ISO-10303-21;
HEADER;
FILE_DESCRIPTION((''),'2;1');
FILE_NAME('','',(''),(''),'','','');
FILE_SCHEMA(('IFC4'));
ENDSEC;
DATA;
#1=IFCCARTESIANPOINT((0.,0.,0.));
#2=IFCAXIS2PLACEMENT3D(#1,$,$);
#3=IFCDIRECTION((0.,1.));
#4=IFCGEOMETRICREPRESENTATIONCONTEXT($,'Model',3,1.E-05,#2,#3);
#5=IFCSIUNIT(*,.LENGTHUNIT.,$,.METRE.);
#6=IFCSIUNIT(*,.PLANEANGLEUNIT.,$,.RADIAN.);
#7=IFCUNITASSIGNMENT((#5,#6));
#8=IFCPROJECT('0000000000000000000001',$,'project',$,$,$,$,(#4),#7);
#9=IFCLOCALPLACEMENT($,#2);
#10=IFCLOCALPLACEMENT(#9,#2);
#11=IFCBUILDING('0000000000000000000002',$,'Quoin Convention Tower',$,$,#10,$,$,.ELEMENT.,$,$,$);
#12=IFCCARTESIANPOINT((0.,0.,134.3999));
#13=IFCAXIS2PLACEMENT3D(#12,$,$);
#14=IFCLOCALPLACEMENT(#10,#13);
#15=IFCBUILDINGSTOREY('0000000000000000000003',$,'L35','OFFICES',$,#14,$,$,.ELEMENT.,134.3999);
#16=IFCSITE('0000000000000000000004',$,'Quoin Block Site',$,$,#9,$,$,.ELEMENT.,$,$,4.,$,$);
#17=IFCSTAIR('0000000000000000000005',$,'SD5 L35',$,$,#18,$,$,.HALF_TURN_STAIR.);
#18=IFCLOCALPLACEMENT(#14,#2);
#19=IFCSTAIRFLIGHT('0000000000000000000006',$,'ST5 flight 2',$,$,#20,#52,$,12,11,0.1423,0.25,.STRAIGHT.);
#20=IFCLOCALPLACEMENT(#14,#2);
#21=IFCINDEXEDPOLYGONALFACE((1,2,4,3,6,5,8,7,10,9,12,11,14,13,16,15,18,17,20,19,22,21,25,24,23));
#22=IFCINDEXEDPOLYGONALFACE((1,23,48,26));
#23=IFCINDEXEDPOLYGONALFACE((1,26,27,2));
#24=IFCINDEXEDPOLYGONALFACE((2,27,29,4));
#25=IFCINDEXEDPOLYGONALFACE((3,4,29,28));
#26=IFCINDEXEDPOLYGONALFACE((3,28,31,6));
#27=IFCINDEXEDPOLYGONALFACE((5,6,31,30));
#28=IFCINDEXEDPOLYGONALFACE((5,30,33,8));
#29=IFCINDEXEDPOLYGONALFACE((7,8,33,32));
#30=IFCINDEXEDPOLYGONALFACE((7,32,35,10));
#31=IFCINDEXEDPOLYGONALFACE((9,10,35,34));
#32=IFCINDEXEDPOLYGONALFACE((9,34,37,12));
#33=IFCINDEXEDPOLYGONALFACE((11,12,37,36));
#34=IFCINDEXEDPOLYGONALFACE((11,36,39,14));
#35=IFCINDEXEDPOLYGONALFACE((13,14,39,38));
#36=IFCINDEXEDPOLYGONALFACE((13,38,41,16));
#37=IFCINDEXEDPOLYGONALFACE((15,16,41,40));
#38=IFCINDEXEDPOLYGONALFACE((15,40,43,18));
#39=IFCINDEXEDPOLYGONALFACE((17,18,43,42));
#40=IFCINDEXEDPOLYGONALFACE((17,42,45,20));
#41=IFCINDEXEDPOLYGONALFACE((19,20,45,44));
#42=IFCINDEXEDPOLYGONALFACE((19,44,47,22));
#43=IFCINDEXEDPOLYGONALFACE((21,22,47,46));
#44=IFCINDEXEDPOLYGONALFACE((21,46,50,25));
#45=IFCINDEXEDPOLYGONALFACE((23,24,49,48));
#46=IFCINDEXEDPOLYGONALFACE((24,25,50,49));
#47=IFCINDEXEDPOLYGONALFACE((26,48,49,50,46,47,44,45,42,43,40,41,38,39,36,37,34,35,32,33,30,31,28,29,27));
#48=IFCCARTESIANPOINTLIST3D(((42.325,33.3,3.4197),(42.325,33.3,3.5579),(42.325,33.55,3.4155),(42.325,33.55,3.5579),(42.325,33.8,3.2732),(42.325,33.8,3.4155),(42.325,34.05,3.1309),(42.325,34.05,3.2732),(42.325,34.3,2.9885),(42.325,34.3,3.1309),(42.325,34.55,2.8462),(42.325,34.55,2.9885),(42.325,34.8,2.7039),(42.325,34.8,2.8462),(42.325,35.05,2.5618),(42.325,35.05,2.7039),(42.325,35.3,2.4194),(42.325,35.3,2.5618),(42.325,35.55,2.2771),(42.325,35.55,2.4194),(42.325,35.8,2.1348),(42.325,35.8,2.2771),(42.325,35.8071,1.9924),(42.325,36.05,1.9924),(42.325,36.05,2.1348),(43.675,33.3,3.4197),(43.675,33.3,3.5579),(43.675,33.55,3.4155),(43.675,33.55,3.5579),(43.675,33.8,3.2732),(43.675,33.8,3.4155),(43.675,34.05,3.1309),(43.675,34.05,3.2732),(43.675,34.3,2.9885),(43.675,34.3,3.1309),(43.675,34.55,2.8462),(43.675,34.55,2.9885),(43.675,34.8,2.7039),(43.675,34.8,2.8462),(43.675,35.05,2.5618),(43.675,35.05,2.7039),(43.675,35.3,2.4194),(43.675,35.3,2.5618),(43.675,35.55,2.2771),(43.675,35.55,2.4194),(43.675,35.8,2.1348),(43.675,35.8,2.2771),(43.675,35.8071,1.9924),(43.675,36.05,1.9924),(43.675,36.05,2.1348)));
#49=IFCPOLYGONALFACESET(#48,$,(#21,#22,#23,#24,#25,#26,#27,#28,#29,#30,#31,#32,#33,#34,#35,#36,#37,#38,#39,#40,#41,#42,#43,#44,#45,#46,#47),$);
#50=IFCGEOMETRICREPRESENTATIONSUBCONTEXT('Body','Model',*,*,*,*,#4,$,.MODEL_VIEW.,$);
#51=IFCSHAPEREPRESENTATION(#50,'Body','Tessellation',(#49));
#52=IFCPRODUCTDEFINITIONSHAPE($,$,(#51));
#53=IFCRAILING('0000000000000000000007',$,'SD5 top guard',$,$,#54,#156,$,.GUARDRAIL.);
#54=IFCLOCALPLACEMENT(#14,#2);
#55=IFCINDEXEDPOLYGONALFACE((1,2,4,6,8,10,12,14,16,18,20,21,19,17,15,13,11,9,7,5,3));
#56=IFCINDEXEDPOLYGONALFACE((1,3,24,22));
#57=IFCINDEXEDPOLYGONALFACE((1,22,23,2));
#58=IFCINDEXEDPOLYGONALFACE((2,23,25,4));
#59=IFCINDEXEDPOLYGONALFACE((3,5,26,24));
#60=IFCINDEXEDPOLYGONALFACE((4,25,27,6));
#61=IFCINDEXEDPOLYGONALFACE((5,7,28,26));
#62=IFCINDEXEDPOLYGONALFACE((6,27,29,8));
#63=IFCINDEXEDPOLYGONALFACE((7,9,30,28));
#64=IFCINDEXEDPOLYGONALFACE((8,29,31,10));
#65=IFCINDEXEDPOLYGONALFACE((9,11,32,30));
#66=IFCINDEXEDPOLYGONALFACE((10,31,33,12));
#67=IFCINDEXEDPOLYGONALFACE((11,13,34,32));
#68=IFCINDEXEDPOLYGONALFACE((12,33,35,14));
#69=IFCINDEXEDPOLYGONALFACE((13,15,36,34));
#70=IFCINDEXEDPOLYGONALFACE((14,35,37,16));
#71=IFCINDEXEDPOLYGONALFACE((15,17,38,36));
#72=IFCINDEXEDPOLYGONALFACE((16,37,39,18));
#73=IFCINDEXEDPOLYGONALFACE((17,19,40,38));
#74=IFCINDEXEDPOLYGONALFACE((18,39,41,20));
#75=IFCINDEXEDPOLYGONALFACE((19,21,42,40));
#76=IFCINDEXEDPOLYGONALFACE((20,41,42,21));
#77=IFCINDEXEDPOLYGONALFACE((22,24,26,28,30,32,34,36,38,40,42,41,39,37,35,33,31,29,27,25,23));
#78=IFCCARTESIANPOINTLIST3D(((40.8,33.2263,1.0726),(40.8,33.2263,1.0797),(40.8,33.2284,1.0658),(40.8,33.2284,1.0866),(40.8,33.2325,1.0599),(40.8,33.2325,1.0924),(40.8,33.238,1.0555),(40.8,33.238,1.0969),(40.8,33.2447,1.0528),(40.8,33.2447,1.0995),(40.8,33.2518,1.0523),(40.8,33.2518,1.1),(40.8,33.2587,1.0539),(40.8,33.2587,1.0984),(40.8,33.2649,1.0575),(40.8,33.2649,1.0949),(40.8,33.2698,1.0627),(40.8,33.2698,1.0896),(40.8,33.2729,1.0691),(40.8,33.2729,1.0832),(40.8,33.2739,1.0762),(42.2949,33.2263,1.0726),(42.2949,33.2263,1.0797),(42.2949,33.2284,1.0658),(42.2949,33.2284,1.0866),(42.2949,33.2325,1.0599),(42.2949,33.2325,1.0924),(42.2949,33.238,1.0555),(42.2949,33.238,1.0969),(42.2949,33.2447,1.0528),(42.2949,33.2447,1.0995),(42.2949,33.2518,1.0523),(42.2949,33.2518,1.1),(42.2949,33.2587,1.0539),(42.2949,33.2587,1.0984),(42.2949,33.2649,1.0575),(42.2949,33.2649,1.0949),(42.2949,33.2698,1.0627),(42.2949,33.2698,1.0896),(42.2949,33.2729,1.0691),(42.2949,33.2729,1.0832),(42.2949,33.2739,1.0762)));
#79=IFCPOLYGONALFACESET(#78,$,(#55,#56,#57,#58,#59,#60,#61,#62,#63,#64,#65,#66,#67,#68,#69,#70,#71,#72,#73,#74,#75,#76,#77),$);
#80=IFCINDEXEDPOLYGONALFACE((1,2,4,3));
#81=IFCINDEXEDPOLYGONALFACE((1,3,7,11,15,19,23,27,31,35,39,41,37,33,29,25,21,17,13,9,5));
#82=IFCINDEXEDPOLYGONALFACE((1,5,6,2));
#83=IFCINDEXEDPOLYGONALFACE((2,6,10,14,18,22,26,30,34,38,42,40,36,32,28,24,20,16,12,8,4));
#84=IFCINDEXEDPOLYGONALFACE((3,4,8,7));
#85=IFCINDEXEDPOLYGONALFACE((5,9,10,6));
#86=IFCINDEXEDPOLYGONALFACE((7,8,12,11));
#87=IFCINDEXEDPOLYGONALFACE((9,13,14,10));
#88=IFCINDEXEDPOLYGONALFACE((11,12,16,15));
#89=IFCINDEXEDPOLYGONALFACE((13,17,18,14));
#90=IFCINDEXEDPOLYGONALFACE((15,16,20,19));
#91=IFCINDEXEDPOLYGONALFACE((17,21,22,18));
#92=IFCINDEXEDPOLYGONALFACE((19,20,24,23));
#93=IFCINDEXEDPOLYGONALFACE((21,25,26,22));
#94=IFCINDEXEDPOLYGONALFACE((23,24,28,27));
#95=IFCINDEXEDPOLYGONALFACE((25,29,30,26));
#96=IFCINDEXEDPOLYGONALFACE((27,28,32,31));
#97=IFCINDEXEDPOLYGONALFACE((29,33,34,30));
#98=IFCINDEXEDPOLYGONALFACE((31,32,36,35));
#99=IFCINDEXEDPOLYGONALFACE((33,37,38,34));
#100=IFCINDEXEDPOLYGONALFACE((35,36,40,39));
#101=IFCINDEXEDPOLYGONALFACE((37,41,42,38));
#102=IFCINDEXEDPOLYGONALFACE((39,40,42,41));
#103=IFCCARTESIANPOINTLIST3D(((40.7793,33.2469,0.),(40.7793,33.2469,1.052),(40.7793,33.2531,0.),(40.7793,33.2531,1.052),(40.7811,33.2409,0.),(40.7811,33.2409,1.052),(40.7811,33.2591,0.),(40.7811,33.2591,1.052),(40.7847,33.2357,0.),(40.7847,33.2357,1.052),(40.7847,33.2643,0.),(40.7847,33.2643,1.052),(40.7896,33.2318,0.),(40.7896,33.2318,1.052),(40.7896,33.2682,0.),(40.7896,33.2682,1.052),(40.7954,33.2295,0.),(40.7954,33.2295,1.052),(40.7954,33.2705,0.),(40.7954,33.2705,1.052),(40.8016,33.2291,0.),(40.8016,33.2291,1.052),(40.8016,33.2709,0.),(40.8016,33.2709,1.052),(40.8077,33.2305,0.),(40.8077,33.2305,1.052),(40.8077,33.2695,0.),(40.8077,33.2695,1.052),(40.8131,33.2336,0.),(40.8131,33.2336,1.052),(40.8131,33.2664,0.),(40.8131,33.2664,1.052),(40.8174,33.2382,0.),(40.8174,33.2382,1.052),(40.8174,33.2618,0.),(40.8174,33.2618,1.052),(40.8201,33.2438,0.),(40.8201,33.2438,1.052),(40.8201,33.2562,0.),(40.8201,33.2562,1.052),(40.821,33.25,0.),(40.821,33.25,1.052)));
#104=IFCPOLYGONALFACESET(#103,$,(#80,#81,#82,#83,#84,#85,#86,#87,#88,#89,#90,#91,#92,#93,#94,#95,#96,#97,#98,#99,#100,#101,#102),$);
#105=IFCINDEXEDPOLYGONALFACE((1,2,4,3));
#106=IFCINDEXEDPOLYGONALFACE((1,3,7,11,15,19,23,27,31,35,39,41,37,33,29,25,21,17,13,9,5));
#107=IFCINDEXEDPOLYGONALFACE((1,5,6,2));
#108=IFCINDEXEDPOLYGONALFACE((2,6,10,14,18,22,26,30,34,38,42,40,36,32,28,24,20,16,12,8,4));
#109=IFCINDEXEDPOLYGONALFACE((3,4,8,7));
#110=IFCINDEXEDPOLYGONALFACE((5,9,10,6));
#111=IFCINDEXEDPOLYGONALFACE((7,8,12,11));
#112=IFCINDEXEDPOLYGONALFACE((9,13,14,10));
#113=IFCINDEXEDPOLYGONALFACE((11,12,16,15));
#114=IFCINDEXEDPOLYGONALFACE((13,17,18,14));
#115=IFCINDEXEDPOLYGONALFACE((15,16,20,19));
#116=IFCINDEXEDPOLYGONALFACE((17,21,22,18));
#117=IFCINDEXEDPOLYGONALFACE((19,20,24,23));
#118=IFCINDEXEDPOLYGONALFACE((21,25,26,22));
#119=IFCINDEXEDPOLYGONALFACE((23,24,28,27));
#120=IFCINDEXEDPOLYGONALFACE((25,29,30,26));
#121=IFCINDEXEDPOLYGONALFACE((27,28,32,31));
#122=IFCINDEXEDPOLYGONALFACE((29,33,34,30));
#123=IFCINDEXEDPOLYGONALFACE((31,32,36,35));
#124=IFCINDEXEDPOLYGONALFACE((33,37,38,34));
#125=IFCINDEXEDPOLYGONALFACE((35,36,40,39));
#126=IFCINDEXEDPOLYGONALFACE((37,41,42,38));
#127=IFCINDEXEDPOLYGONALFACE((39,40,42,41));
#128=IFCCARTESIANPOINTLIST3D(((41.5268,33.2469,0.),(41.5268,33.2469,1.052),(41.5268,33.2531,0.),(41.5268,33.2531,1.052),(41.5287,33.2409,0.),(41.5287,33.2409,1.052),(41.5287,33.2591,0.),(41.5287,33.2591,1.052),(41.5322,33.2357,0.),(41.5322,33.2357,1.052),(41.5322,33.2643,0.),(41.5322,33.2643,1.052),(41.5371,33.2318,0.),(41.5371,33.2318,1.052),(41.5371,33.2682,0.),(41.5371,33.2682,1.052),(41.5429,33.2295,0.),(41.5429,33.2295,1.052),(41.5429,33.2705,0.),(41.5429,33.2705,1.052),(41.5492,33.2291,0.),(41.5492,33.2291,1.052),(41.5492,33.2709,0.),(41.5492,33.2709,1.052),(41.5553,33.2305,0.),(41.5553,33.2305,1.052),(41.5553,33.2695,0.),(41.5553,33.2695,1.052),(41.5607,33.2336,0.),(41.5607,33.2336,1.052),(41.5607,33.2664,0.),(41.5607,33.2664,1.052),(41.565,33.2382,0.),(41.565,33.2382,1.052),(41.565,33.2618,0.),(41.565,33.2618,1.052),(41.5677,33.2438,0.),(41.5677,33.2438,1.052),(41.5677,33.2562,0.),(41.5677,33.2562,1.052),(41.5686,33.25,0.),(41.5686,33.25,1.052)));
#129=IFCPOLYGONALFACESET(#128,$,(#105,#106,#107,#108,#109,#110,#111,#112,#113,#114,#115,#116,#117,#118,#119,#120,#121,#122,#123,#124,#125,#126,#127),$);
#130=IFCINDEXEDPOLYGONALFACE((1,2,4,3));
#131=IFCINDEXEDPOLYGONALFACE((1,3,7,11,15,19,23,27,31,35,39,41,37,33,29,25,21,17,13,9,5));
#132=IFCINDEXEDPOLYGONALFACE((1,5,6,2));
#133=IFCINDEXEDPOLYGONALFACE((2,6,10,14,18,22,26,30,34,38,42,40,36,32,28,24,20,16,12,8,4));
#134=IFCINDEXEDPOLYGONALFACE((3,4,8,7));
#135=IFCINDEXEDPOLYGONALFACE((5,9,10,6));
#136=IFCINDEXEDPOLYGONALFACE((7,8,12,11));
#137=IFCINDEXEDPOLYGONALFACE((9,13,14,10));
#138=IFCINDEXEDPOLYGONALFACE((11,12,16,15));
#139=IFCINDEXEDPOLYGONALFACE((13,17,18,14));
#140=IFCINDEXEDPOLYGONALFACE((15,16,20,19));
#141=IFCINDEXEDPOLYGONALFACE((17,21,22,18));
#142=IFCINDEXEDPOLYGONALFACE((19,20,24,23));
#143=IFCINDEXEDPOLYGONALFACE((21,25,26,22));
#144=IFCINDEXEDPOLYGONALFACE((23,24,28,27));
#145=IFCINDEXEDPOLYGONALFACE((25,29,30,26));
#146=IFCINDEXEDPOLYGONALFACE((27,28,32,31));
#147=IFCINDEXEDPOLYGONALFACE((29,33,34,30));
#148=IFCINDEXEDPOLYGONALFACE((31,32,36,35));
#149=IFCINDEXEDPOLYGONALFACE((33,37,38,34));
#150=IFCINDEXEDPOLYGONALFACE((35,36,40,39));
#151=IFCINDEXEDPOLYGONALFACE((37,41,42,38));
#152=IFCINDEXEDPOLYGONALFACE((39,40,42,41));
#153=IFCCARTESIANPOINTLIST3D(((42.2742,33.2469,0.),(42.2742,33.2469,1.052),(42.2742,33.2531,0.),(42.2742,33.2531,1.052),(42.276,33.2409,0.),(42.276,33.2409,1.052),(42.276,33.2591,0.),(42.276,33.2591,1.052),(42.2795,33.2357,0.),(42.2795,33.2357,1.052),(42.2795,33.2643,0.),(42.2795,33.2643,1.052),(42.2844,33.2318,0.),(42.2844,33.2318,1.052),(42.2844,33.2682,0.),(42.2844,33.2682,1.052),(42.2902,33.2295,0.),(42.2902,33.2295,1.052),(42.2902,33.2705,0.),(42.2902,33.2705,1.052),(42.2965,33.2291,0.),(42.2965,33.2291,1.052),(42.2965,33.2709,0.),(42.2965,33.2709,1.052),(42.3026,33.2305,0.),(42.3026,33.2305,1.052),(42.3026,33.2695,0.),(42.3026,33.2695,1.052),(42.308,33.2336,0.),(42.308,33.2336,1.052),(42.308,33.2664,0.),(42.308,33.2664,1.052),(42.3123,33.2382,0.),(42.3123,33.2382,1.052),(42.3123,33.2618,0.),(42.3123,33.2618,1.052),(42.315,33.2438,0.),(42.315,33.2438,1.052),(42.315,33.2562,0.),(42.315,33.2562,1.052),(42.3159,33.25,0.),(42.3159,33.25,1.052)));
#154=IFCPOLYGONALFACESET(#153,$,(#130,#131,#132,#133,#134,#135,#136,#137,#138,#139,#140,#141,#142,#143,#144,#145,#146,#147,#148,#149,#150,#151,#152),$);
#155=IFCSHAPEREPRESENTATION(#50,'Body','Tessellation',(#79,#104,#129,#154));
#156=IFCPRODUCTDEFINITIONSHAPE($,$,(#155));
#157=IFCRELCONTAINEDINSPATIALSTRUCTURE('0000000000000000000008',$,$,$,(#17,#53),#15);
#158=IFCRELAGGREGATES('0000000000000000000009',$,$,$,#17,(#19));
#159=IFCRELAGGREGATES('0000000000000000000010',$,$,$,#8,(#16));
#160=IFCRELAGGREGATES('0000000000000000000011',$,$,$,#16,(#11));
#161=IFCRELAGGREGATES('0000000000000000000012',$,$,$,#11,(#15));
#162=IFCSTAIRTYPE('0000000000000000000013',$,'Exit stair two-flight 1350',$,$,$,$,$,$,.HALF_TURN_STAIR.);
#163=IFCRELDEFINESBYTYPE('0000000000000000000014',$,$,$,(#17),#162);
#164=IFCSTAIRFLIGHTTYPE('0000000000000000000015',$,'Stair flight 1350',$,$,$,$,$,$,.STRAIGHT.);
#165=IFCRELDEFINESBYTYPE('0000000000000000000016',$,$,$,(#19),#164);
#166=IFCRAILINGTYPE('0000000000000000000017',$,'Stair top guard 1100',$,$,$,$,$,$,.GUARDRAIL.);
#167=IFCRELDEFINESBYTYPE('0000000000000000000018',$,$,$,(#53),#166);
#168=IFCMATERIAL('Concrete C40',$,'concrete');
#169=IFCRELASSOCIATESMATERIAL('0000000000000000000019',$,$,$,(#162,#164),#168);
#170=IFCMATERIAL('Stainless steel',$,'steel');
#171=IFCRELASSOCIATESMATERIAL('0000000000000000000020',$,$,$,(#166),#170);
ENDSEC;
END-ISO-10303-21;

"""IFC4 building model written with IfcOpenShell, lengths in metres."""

from ifc_helpers import new_model, si_unit, direction, frame, origin, origin_2d, place, context, subcontext, project, spatial, polyline, circle, outline, extrude, material, type_object, element, aggregate, save


model = new_model("IFC4")

# Units and contexts
model_context = context("Model", 3, precision=1e-05, world=origin(), true_north=direction((0.0, 1.0)))
body_context = subcontext(model_context, "Body", "Model", "MODEL_VIEW")
ifc_project = project(units=[si_unit("LENGTHUNIT", "METRE"), si_unit("PLANEANGLEUNIT", "RADIAN")], contexts=[model_context])

# Site, building, storey
site_placement = place(None, origin())
site = spatial("IfcSite", under=ifc_project, at=site_placement, Name="Quoin Block Site", CompositionType="ELEMENT", RefElevation=4.0)
building_placement = place(site_placement, origin())
building = spatial("IfcBuilding", under=site, at=building_placement, Name="Quoin Convention Tower", CompositionType="ELEMENT")
storey_placement = place(building_placement, frame((0.0, 0.0, 134.3999)))
storey = spatial("IfcBuildingStorey", under=building, at=storey_placement, Name="L35", Description="OFFICES", CompositionType="ELEMENT", Elevation=134.3999)

# Stair, stair flight
ifc_material_1 = material(Name="Concrete C40", Category="concrete")
stair_type = type_object("IfcStairType", Name="Exit stair two-flight 1350", PredefinedType="HALF_TURN_STAIR", material=ifc_material_1)
stair_placement = place(storey_placement, origin())
stair = element("IfcStair", 1, at=stair_placement, inside=storey, type_object=stair_type, Name="SD5 L35", PredefinedType="HALF_TURN_STAIR")
stair_flight_type = type_object("IfcStairFlightType", Name="Stair flight 1350", PredefinedType="STRAIGHT", material=ifc_material_1)
stair_flight_1_placement = place(storey_placement, frame((43.0, 36.05, 1.9924), z_axis=(0.0, 0.0, 1.0), x_axis=(0.0, -1.0, 0.0)))
stair_flight_1 = element("IfcStairFlight", 2, at=stair_flight_1_placement, type_object=stair_flight_type, Name="ST5 flight 2", NumberOfRisers=12, NumberOfTreads=11, PredefinedType="STRAIGHT", RiserHeight=0.1423, TreadLength=0.25, context=body_context, shape_type="SweptSolid", body=[
    extrude(outline(polyline([(0.0, 0.0), (0.0, 0.1423), (0.25, 0.1423), (0.25, 0.2847), (0.5, 0.2847), (0.5, 0.427), (0.75, 0.427), (0.75, 0.5693), (1.0, 0.5693), (1.0, 0.7114), (1.25, 0.7114), (1.25, 0.8538), (1.5, 0.8538), (1.5, 0.9961), (1.75, 0.9961), (1.75, 1.1384), (2.0, 1.1384), (2.0, 1.2808), (2.25, 1.2808), (2.25, 1.4231), (2.5, 1.4231), (2.5, 1.5654), (2.75, 1.5654), (2.75, 1.7078), (2.75, 1.4272), (0.2429, 0.0), (0.0, 0.0)])), frame((0.0, 0.675, 0.0), z_axis=(0.0, -1.0, 0.0), x_axis=(1.0, 0.0, 0.0)), (0.0, 0.0, 1.0), 1.3501),
])
aggregate(stair, [stair_flight_1])

# Railing
ifc_material_2 = material(Name="Stainless steel", Category="steel")
railing_type_1 = type_object("IfcRailingType", Name="Stair top guard 1100", PredefinedType="GUARDRAIL", material=ifc_material_2)
railing_1_placement = place(storey_placement, frame((40.8, 33.25, 0.0)))
element("IfcRailing", 3, at=railing_1_placement, inside=storey, type_object=railing_type_1, Name="SD5 top guard", PredefinedType="GUARDRAIL", context=body_context, shape_type="SweptSolid", body=[
    extrude(circle(Radius=0.0239, at=origin_2d()), frame((0.0, 0.0, 1.0762), z_axis=(1.0, 0.0, 0.0), x_axis=(0.0, 1.0, 0.0)), (0.0, 0.0, 1.0), 1.4949),
    extrude(circle(Radius=0.021, at=origin_2d()), origin(), (0.0, 0.0, 1.0), 1.052),
    extrude(circle(Radius=0.021, at=origin_2d()), frame((0.7476, 0.0, 0.0)), (0.0, 0.0, 1.0), 1.052),
    extrude(circle(Radius=0.021, at=origin_2d()), frame((1.4949, 0.0, 0.0)), (0.0, 0.0, 1.0), 1.052),
])

save(model, "model.ifc")
